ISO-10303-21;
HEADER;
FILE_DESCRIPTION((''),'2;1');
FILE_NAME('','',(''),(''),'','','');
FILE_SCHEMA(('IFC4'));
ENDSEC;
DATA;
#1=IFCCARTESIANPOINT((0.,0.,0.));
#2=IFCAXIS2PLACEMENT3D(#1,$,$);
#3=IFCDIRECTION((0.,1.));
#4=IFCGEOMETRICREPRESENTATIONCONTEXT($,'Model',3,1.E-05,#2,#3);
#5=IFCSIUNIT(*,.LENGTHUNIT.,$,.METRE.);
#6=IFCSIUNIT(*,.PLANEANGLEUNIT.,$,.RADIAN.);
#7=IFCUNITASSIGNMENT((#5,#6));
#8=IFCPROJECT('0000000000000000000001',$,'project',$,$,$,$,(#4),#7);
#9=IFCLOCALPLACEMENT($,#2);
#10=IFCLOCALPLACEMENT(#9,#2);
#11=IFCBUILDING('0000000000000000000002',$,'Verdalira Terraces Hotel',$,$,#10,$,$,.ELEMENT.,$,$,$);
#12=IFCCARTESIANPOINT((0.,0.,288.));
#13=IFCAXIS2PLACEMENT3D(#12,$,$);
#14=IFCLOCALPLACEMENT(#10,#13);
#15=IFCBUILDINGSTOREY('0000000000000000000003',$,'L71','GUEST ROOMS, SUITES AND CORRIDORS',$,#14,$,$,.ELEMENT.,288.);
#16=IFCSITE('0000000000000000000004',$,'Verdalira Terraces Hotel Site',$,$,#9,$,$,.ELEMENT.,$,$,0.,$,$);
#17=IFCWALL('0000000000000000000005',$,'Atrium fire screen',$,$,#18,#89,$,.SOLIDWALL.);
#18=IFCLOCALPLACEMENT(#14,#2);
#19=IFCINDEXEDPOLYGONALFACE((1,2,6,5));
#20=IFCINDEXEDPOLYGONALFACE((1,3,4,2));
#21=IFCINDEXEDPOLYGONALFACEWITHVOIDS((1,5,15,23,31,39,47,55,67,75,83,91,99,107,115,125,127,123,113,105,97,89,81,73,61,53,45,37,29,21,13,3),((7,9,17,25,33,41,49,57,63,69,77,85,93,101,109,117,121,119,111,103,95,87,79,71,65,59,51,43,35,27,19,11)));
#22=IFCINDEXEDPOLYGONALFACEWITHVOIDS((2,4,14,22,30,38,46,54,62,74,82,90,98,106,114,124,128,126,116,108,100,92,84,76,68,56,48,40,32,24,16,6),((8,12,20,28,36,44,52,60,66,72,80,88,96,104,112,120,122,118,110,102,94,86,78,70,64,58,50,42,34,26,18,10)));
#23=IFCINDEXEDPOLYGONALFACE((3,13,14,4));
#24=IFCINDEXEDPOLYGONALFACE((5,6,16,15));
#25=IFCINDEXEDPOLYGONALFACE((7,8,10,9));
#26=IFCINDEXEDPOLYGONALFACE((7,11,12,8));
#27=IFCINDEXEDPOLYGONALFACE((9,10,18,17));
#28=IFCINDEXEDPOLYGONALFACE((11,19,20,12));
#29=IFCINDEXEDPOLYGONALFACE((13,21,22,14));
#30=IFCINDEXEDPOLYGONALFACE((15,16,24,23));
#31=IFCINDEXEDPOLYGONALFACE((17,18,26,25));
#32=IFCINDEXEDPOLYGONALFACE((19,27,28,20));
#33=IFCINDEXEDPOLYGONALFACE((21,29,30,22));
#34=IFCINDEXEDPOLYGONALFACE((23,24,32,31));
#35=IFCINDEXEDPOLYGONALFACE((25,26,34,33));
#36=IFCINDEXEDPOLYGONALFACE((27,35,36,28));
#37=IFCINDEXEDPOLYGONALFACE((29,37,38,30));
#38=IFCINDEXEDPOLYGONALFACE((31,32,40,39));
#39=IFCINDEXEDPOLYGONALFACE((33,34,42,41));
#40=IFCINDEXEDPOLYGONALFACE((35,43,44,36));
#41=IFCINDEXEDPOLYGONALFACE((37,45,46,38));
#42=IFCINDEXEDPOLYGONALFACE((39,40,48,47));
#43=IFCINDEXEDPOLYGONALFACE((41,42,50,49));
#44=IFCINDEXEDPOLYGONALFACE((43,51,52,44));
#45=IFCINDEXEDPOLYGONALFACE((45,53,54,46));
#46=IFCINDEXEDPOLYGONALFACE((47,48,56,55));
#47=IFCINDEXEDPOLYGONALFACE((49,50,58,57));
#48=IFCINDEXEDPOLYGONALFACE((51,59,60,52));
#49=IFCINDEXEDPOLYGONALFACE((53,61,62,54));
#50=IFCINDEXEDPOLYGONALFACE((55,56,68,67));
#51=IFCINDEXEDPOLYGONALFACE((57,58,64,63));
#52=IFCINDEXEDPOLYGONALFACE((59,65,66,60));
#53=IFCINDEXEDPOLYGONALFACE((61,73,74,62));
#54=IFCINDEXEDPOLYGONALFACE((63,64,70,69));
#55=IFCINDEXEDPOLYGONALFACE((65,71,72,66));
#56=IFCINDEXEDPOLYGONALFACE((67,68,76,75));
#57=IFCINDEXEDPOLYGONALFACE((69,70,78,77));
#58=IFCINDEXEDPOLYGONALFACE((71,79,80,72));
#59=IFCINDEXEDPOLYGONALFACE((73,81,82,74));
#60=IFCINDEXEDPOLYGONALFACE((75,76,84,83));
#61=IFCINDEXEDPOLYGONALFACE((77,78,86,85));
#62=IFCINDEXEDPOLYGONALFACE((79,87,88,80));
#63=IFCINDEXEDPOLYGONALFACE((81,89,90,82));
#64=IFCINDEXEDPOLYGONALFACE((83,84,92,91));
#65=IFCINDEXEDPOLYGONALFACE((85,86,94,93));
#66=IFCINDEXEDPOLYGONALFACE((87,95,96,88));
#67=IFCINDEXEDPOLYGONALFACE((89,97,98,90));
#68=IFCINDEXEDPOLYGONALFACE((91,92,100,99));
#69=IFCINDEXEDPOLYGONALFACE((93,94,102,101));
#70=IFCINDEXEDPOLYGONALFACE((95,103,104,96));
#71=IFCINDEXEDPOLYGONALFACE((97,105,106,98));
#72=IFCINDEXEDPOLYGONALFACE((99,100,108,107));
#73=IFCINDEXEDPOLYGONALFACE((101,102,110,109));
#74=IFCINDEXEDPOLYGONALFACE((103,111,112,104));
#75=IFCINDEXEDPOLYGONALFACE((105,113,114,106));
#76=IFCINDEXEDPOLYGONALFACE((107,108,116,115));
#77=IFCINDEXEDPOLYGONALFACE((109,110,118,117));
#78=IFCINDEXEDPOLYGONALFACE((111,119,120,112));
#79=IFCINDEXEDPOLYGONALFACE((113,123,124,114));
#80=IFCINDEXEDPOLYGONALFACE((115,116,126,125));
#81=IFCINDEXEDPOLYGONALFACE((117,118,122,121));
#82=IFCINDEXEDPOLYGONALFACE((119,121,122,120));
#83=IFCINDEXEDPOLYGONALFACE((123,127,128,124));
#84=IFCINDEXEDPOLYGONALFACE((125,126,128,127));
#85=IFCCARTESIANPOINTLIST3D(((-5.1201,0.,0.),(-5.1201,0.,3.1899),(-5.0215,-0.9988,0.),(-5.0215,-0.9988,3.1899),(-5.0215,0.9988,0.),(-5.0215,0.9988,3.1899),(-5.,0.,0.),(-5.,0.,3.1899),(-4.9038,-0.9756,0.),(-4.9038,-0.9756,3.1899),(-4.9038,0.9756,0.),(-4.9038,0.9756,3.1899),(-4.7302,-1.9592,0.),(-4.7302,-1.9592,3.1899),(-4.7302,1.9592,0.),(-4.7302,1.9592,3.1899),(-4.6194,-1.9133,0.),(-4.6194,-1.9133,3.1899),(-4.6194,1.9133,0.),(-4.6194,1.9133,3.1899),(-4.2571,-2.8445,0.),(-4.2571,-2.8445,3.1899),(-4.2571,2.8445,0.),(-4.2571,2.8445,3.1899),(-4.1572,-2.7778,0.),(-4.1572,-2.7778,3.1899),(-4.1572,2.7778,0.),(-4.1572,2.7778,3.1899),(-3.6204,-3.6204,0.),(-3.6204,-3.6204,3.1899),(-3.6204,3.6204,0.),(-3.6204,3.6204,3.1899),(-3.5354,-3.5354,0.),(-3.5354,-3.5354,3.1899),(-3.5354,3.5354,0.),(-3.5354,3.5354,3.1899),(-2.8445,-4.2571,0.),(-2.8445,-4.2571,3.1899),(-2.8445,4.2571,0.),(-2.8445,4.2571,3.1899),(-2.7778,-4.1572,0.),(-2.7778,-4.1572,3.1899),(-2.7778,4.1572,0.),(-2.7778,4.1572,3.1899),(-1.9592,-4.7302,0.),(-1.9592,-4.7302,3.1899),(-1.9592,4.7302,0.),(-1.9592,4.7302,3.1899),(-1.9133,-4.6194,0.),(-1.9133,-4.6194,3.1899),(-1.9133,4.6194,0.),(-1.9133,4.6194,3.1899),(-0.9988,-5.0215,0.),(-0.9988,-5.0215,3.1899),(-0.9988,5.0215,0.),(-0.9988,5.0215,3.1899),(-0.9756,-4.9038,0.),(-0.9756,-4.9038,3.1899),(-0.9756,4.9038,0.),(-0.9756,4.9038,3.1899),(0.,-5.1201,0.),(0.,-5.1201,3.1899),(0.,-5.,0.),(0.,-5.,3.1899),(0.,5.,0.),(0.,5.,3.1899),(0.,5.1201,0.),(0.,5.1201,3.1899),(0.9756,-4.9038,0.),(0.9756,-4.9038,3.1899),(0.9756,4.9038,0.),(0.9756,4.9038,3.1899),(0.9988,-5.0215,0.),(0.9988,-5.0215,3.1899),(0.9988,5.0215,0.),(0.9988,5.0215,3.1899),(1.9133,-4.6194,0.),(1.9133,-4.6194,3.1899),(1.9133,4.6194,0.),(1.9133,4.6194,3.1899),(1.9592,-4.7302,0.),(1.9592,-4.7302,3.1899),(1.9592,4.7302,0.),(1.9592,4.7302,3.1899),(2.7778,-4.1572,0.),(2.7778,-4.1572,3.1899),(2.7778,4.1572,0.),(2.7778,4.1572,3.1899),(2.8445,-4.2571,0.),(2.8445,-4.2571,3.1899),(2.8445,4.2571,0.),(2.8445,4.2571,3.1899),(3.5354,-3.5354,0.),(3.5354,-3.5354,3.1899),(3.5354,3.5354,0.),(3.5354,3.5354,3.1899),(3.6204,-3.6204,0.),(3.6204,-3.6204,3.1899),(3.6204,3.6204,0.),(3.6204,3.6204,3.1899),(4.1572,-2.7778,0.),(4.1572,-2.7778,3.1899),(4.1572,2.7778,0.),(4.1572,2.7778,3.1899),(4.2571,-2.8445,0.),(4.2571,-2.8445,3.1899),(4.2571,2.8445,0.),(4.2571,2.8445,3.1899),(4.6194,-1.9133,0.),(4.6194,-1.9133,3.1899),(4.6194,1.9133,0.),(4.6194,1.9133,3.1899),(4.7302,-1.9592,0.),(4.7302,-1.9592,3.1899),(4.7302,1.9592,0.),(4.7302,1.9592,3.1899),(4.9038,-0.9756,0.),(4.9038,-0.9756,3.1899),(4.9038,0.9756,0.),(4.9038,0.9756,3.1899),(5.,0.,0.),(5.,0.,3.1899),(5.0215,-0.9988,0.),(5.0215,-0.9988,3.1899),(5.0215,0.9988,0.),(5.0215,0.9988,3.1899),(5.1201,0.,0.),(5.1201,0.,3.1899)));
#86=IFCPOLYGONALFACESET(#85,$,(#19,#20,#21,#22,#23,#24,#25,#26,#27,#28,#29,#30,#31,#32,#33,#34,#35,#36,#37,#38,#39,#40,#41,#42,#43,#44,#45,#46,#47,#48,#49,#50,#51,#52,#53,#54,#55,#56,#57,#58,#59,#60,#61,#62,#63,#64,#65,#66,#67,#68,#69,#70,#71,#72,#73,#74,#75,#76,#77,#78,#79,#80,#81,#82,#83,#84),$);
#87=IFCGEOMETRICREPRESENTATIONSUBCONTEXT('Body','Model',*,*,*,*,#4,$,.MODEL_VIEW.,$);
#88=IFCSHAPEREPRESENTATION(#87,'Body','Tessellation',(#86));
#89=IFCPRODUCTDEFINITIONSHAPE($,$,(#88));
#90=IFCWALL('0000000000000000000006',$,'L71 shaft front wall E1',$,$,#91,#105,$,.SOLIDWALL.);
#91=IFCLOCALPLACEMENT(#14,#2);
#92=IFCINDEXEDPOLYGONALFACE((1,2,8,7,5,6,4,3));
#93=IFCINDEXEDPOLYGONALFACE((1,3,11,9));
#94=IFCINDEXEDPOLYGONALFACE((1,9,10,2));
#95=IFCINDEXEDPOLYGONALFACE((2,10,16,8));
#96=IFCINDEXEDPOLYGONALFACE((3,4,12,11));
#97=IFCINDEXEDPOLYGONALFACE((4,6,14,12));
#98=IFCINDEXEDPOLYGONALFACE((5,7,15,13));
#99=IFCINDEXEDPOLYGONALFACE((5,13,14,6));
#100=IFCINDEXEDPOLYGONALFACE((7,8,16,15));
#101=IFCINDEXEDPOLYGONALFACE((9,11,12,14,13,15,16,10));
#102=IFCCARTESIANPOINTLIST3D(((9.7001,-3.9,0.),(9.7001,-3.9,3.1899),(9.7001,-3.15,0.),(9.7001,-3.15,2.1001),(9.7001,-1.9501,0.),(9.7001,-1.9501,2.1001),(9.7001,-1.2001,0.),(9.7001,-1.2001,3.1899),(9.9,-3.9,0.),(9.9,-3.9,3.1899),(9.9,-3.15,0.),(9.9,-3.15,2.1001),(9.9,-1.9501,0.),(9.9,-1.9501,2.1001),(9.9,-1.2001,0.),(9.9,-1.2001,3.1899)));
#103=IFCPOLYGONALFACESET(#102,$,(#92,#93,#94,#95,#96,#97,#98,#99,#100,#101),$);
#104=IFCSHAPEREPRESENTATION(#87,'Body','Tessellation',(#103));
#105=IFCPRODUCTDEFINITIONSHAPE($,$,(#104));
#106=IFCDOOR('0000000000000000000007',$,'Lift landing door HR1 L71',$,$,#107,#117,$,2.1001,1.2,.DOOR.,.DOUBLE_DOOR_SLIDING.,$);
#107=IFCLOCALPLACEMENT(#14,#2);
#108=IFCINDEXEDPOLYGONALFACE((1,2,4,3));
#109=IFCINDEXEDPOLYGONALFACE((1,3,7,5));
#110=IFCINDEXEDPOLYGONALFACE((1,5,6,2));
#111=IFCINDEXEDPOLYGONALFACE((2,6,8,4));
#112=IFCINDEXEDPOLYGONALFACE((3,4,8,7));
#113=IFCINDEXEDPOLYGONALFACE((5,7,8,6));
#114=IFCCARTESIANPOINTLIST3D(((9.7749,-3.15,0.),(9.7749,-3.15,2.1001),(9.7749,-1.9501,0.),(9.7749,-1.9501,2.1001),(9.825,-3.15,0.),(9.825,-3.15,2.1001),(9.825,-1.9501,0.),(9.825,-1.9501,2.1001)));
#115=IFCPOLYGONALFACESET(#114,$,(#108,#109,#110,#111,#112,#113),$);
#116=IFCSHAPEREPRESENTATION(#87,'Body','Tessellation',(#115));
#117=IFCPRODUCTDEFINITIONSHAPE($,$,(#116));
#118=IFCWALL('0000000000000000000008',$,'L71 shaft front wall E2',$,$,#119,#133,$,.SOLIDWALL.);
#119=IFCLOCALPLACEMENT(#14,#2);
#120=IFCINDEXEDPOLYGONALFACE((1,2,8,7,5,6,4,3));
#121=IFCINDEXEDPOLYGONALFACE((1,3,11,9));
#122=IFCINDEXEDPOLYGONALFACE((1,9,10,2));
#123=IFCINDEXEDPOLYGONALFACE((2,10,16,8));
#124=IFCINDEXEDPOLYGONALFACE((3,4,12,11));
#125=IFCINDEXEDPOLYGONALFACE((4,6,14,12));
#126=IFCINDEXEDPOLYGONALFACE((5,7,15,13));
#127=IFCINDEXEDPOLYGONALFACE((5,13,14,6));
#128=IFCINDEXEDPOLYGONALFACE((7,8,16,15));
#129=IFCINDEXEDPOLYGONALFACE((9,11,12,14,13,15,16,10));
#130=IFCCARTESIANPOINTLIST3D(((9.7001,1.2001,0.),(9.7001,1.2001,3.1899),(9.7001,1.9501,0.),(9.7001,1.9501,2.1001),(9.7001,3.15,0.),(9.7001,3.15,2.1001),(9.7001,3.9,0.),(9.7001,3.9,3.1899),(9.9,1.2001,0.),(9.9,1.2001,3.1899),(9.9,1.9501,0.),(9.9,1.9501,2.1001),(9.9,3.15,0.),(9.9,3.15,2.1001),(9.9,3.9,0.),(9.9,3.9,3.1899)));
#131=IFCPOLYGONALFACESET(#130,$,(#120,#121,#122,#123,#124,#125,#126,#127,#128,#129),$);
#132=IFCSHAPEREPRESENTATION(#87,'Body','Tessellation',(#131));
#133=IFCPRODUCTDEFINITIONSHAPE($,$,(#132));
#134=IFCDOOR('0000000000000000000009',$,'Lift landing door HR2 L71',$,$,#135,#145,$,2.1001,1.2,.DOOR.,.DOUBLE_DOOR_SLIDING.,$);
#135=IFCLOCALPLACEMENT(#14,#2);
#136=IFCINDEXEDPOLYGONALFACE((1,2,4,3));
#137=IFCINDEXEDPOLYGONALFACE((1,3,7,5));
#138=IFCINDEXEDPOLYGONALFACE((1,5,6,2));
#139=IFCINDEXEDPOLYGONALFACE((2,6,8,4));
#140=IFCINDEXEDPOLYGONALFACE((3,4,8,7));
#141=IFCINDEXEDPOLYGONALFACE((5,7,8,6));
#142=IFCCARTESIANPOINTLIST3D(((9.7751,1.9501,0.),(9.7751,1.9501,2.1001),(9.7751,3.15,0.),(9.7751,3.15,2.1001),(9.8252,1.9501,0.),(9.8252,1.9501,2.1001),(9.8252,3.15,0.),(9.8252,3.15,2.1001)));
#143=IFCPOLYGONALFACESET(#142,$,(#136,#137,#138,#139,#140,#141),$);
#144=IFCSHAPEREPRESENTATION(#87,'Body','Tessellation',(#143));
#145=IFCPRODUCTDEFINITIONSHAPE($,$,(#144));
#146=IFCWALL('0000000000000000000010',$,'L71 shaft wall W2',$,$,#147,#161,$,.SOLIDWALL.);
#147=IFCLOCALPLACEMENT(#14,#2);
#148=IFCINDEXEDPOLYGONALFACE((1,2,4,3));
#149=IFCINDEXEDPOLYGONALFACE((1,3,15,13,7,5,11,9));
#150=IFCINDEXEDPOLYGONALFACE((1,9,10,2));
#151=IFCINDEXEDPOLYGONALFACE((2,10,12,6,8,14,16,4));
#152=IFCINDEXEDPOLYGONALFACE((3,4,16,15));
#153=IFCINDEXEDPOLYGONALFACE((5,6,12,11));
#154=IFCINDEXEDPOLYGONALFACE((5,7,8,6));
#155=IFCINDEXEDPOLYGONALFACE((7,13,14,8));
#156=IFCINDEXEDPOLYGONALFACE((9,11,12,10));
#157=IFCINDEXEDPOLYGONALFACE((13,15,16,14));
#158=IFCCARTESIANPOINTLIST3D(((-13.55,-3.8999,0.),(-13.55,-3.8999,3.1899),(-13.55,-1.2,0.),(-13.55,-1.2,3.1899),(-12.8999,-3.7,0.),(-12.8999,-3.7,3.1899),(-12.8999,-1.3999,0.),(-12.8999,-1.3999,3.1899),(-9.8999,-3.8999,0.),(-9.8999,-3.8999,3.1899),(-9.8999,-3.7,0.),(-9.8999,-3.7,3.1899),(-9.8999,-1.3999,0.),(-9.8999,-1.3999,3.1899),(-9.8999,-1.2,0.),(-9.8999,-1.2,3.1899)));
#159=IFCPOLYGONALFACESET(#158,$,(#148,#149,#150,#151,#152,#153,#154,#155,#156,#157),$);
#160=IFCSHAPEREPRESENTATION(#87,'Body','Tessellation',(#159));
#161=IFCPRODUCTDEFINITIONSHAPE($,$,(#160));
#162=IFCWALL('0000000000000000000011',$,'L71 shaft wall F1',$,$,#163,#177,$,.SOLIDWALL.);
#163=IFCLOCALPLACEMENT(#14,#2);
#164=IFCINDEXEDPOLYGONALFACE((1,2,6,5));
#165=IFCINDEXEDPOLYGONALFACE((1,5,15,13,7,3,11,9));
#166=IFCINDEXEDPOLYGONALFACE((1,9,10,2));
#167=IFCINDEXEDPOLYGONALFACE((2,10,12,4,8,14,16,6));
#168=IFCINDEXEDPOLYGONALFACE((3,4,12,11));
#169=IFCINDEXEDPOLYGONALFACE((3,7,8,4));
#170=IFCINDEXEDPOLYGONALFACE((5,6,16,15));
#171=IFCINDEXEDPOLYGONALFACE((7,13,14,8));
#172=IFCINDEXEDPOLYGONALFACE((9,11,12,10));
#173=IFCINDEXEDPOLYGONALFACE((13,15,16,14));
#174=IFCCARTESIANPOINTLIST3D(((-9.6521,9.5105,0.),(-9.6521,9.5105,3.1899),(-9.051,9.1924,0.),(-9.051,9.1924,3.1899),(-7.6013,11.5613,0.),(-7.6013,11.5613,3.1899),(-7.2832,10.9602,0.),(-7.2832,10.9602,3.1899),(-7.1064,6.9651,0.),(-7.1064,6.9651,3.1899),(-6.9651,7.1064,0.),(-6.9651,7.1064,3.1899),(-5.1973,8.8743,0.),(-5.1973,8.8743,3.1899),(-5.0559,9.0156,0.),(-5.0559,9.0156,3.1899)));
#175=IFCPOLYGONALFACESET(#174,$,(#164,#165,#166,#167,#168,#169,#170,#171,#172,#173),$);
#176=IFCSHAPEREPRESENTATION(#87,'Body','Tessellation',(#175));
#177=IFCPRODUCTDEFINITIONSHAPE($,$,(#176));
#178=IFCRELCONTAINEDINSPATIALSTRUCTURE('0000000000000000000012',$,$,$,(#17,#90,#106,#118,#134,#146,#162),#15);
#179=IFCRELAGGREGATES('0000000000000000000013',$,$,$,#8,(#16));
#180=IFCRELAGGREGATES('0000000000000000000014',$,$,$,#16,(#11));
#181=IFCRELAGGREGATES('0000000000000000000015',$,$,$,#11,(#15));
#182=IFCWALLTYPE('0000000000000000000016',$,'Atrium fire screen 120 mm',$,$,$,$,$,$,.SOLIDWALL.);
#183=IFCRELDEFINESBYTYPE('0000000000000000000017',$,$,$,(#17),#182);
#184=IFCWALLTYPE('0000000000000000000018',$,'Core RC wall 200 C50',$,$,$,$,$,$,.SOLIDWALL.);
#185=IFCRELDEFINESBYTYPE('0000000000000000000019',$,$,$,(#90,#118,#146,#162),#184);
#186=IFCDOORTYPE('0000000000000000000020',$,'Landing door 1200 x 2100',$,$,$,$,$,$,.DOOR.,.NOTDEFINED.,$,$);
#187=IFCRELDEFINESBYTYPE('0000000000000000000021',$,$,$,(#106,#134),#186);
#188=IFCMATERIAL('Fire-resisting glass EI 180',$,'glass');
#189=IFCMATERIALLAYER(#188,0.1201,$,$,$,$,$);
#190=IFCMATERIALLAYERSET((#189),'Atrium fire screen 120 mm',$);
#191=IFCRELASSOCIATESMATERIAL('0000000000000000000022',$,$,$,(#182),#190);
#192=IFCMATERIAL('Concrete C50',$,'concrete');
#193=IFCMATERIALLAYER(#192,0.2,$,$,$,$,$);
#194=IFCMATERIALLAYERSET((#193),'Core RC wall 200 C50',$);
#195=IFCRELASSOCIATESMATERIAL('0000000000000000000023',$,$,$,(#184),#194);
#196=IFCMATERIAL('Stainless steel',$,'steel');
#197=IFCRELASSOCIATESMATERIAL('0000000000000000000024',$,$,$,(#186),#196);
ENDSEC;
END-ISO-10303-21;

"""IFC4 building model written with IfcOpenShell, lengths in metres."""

from ifc_helpers import new_model, si_unit, direction, frame, frame_2d, origin, place, context, subcontext, project, spatial, polyline, rectangle, outline, extrude, material, layer, layer_set, type_object, element, fill, save


model = new_model("IFC4")

# Units and contexts
model_context = context("Model", 3, precision=1e-05, world=origin(), true_north=direction((0.0, 1.0)))
body_context = subcontext(model_context, "Body", "Model", "MODEL_VIEW")
ifc_project = project(units=[si_unit("LENGTHUNIT", "METRE"), si_unit("PLANEANGLEUNIT", "RADIAN")], contexts=[model_context])

# Site, building, storey
site_placement = place(None, origin())
site = spatial("IfcSite", under=ifc_project, at=site_placement, Name="Verdalira Terraces Hotel Site", CompositionType="ELEMENT", RefElevation=0.0)
building_placement = place(site_placement, origin())
building = spatial("IfcBuilding", under=site, at=building_placement, Name="Verdalira Terraces Hotel", CompositionType="ELEMENT")
storey_placement = place(building_placement, frame((0.0, 0.0, 288.0)))
storey = spatial("IfcBuildingStorey", under=building, at=storey_placement, Name="L71", Description="GUEST ROOMS, SUITES AND CORRIDORS", CompositionType="ELEMENT", Elevation=288.0)

# Wall
ifc_material_1 = material(Name="Fire-resisting glass EI 180", Category="glass")
ifc_layer_1 = layer(ifc_material_1, 0.1201)
ifc_layer_set_1 = layer_set([ifc_layer_1], Name="Atrium fire screen 120 mm")
wall_type_1 = type_object("IfcWallType", Name="Atrium fire screen 120 mm", PredefinedType="SOLIDWALL", material=ifc_layer_set_1)
wall_1_placement = place(storey_placement, origin())
element("IfcWall", 1, at=wall_1_placement, inside=storey, type_object=wall_type_1, Name="Atrium fire screen", PredefinedType="SOLIDWALL", context=body_context, shape_type="SweptSolid", body=[
    extrude(outline(polyline([(5.0215, -0.9988), (4.7302, -1.9592), (4.2571, -2.8445), (3.6204, -3.6204), (2.8445, -4.2571), (1.9592, -4.7302), (0.9988, -5.0215), (0.0, -5.1201), (-0.9988, -5.0215), (-1.9592, -4.7302), (-2.8445, -4.2571), (-3.6204, -3.6204), (-4.2571, -2.8445), (-4.7302, -1.9592), (-5.0215, -0.9988), (-5.1201, 0.0), (-5.0215, 0.9988), (-4.7302, 1.9592), (-4.2571, 2.8445), (-3.6204, 3.6204), (-2.8445, 4.2571), (-1.9592, 4.7302), (-0.9988, 5.0215), (0.0, 5.1201), (0.9988, 5.0215), (1.9592, 4.7302), (2.8445, 4.2571), (3.6204, 3.6204), (4.2571, 2.8445), (4.7302, 1.9592), (5.0215, 0.9988), (5.1201, 0.0), (5.0215, -0.9988)]), holes=[polyline([(4.9038, 0.9756), (4.6194, 1.9133), (4.1572, 2.7778), (3.5354, 3.5354), (2.7778, 4.1572), (1.9133, 4.6194), (0.9756, 4.9038), (0.0, 5.0), (-0.9756, 4.9038), (-1.9133, 4.6194), (-2.7778, 4.1572), (-3.5354, 3.5354), (-4.1572, 2.7778), (-4.6194, 1.9133), (-4.9038, 0.9756), (-5.0, 0.0), (-4.9038, -0.9756), (-4.6194, -1.9133), (-4.1572, -2.7778), (-3.5354, -3.5354), (-2.7778, -4.1572), (-1.9133, -4.6194), (-0.9756, -4.9038), (0.0, -5.0), (0.9756, -4.9038), (1.9133, -4.6194), (2.7778, -4.1572), (3.5354, -3.5354), (4.1572, -2.7778), (4.6194, -1.9133), (4.9038, -0.9756), (5.0, 0.0), (4.9038, 0.9756)])]), origin(), (0.0, 0.0, 1.0), 3.1899),
])

# Walls, openings, doors
ifc_material_2 = material(Name="Concrete C50", Category="concrete")
ifc_layer_2 = layer(ifc_material_2, 0.2)
ifc_layer_set_2 = layer_set([ifc_layer_2], Name="Core RC wall 200 C50")
wall_type_2 = type_object("IfcWallType", Name="Core RC wall 200 C50", PredefinedType="SOLIDWALL", material=ifc_layer_set_2)
wall_2_placement = place(storey_placement, frame((9.8, -1.2, 0.0), z_axis=(0.0, 0.0, 1.0), x_axis=(0.0, -1.0, 0.0)))
wall_2 = element("IfcWall", 2, at=wall_2_placement, inside=storey, type_object=wall_type_2, Name="L71 shaft front wall E1", PredefinedType="SOLIDWALL", context=body_context, shape_type="SweptSolid", body=[
    extrude(rectangle(XDim=2.7, YDim=0.2, at=frame_2d((1.3501, 0.0))), origin(), (0.0, 0.0, 1.0), 3.1899),
])
opening_1_placement = place(wall_2_placement, frame((0.75, 0.0, 0.0)))
opening_1 = element("IfcOpeningElement", 3, at=opening_1_placement, cuts=wall_2, PredefinedType="OPENING", context=body_context, shape_type="SweptSolid", body=[
    extrude(rectangle(XDim=1.2, YDim=2.1001, at=frame_2d((0.6001, 1.05))), frame((0.0, 0.1099, 0.0), z_axis=(0.0, -1.0, 0.0), x_axis=(1.0, 0.0, 0.0)), (0.0, 0.0, 1.0), 0.22),
])
ifc_material_3 = material(Name="Stainless steel", Category="steel")
door_type_1 = type_object("IfcDoorType", Name="Landing door 1200 x 2100", OperationType="NOTDEFINED", PredefinedType="DOOR", material=ifc_material_3)
door_1_placement = place(opening_1_placement, origin())
door_1 = element("IfcDoor", 4, at=door_1_placement, inside=storey, type_object=door_type_1, Name="Lift landing door HR1 L71", OperationType="DOUBLE_DOOR_SLIDING", OverallHeight=2.1001, OverallWidth=1.2, PredefinedType="DOOR", context=body_context, shape_type="SweptSolid", body=[
    extrude(rectangle(XDim=1.2, YDim=2.1001, at=frame_2d((0.6001, 1.05))), frame((0.0, 0.0249, 0.0), z_axis=(0.0, -1.0, 0.0), x_axis=(1.0, 0.0, 0.0)), (0.0, 0.0, 1.0), 0.05),
])
fill(opening_1, door_1)
wall_3_placement = place(storey_placement, frame((9.8, 1.2, 0.0), z_axis=(0.0, 0.0, 1.0), x_axis=(0.0, 1.0, 0.0)))
wall_3 = element("IfcWall", 5, at=wall_3_placement, inside=storey, type_object=wall_type_2, Name="L71 shaft front wall E2", PredefinedType="SOLIDWALL", context=body_context, shape_type="SweptSolid", body=[
    extrude(rectangle(XDim=2.7, YDim=0.2, at=frame_2d((1.3501, 0.0))), origin(), (0.0, 0.0, 1.0), 3.1899),
])
opening_2_placement = place(wall_3_placement, frame((0.75, 0.0, 0.0)))
opening_2 = element("IfcOpeningElement", 6, at=opening_2_placement, cuts=wall_3, PredefinedType="OPENING", context=body_context, shape_type="SweptSolid", body=[
    extrude(rectangle(XDim=1.2, YDim=2.1001, at=frame_2d((0.6001, 1.05))), frame((0.0, 0.1099, 0.0), z_axis=(0.0, -1.0, 0.0), x_axis=(1.0, 0.0, 0.0)), (0.0, 0.0, 1.0), 0.22),
])
door_2_placement = place(opening_2_placement, origin())
door_2 = element("IfcDoor", 7, at=door_2_placement, inside=storey, type_object=door_type_1, Name="Lift landing door HR2 L71", OperationType="DOUBLE_DOOR_SLIDING", OverallHeight=2.1001, OverallWidth=1.2, PredefinedType="DOOR", context=body_context, shape_type="SweptSolid", body=[
    extrude(rectangle(XDim=1.2, YDim=2.1001, at=frame_2d((0.6001, 1.05))), frame((0.0, 0.0249, 0.0), z_axis=(0.0, -1.0, 0.0), x_axis=(1.0, 0.0, 0.0)), (0.0, 0.0, 1.0), 0.05),
])
fill(opening_2, door_2)

# Walls
wall_4_placement = place(storey_placement, origin())
element("IfcWall", 8, at=wall_4_placement, inside=storey, type_object=wall_type_2, Name="L71 shaft wall W2", PredefinedType="SOLIDWALL", context=body_context, shape_type="SweptSolid", body=[
    extrude(outline(polyline([(-13.55, -3.8999), (-13.55, -1.2), (-9.8999, -1.2), (-9.8999, -1.3999), (-12.8999, -1.3999), (-12.8999, -3.7), (-9.8999, -3.7), (-9.8999, -3.8999), (-13.55, -3.8999)])), origin(), (0.0, 0.0, 1.0), 3.1899),
])
wall_5_placement = place(storey_placement, origin())
element("IfcWall", 9, at=wall_5_placement, inside=storey, type_object=wall_type_2, Name="L71 shaft wall F1", PredefinedType="SOLIDWALL", context=body_context, shape_type="SweptSolid", body=[
    extrude(outline(polyline([(-9.6521, 9.5105), (-7.6013, 11.5613), (-5.0559, 9.0156), (-5.1973, 8.8743), (-7.2832, 10.9602), (-9.051, 9.1924), (-6.9651, 7.1064), (-7.1064, 6.9651), (-9.6521, 9.5105)])), origin(), (0.0, 0.0, 1.0), 3.1899),
])

save(model, "model.ifc")
